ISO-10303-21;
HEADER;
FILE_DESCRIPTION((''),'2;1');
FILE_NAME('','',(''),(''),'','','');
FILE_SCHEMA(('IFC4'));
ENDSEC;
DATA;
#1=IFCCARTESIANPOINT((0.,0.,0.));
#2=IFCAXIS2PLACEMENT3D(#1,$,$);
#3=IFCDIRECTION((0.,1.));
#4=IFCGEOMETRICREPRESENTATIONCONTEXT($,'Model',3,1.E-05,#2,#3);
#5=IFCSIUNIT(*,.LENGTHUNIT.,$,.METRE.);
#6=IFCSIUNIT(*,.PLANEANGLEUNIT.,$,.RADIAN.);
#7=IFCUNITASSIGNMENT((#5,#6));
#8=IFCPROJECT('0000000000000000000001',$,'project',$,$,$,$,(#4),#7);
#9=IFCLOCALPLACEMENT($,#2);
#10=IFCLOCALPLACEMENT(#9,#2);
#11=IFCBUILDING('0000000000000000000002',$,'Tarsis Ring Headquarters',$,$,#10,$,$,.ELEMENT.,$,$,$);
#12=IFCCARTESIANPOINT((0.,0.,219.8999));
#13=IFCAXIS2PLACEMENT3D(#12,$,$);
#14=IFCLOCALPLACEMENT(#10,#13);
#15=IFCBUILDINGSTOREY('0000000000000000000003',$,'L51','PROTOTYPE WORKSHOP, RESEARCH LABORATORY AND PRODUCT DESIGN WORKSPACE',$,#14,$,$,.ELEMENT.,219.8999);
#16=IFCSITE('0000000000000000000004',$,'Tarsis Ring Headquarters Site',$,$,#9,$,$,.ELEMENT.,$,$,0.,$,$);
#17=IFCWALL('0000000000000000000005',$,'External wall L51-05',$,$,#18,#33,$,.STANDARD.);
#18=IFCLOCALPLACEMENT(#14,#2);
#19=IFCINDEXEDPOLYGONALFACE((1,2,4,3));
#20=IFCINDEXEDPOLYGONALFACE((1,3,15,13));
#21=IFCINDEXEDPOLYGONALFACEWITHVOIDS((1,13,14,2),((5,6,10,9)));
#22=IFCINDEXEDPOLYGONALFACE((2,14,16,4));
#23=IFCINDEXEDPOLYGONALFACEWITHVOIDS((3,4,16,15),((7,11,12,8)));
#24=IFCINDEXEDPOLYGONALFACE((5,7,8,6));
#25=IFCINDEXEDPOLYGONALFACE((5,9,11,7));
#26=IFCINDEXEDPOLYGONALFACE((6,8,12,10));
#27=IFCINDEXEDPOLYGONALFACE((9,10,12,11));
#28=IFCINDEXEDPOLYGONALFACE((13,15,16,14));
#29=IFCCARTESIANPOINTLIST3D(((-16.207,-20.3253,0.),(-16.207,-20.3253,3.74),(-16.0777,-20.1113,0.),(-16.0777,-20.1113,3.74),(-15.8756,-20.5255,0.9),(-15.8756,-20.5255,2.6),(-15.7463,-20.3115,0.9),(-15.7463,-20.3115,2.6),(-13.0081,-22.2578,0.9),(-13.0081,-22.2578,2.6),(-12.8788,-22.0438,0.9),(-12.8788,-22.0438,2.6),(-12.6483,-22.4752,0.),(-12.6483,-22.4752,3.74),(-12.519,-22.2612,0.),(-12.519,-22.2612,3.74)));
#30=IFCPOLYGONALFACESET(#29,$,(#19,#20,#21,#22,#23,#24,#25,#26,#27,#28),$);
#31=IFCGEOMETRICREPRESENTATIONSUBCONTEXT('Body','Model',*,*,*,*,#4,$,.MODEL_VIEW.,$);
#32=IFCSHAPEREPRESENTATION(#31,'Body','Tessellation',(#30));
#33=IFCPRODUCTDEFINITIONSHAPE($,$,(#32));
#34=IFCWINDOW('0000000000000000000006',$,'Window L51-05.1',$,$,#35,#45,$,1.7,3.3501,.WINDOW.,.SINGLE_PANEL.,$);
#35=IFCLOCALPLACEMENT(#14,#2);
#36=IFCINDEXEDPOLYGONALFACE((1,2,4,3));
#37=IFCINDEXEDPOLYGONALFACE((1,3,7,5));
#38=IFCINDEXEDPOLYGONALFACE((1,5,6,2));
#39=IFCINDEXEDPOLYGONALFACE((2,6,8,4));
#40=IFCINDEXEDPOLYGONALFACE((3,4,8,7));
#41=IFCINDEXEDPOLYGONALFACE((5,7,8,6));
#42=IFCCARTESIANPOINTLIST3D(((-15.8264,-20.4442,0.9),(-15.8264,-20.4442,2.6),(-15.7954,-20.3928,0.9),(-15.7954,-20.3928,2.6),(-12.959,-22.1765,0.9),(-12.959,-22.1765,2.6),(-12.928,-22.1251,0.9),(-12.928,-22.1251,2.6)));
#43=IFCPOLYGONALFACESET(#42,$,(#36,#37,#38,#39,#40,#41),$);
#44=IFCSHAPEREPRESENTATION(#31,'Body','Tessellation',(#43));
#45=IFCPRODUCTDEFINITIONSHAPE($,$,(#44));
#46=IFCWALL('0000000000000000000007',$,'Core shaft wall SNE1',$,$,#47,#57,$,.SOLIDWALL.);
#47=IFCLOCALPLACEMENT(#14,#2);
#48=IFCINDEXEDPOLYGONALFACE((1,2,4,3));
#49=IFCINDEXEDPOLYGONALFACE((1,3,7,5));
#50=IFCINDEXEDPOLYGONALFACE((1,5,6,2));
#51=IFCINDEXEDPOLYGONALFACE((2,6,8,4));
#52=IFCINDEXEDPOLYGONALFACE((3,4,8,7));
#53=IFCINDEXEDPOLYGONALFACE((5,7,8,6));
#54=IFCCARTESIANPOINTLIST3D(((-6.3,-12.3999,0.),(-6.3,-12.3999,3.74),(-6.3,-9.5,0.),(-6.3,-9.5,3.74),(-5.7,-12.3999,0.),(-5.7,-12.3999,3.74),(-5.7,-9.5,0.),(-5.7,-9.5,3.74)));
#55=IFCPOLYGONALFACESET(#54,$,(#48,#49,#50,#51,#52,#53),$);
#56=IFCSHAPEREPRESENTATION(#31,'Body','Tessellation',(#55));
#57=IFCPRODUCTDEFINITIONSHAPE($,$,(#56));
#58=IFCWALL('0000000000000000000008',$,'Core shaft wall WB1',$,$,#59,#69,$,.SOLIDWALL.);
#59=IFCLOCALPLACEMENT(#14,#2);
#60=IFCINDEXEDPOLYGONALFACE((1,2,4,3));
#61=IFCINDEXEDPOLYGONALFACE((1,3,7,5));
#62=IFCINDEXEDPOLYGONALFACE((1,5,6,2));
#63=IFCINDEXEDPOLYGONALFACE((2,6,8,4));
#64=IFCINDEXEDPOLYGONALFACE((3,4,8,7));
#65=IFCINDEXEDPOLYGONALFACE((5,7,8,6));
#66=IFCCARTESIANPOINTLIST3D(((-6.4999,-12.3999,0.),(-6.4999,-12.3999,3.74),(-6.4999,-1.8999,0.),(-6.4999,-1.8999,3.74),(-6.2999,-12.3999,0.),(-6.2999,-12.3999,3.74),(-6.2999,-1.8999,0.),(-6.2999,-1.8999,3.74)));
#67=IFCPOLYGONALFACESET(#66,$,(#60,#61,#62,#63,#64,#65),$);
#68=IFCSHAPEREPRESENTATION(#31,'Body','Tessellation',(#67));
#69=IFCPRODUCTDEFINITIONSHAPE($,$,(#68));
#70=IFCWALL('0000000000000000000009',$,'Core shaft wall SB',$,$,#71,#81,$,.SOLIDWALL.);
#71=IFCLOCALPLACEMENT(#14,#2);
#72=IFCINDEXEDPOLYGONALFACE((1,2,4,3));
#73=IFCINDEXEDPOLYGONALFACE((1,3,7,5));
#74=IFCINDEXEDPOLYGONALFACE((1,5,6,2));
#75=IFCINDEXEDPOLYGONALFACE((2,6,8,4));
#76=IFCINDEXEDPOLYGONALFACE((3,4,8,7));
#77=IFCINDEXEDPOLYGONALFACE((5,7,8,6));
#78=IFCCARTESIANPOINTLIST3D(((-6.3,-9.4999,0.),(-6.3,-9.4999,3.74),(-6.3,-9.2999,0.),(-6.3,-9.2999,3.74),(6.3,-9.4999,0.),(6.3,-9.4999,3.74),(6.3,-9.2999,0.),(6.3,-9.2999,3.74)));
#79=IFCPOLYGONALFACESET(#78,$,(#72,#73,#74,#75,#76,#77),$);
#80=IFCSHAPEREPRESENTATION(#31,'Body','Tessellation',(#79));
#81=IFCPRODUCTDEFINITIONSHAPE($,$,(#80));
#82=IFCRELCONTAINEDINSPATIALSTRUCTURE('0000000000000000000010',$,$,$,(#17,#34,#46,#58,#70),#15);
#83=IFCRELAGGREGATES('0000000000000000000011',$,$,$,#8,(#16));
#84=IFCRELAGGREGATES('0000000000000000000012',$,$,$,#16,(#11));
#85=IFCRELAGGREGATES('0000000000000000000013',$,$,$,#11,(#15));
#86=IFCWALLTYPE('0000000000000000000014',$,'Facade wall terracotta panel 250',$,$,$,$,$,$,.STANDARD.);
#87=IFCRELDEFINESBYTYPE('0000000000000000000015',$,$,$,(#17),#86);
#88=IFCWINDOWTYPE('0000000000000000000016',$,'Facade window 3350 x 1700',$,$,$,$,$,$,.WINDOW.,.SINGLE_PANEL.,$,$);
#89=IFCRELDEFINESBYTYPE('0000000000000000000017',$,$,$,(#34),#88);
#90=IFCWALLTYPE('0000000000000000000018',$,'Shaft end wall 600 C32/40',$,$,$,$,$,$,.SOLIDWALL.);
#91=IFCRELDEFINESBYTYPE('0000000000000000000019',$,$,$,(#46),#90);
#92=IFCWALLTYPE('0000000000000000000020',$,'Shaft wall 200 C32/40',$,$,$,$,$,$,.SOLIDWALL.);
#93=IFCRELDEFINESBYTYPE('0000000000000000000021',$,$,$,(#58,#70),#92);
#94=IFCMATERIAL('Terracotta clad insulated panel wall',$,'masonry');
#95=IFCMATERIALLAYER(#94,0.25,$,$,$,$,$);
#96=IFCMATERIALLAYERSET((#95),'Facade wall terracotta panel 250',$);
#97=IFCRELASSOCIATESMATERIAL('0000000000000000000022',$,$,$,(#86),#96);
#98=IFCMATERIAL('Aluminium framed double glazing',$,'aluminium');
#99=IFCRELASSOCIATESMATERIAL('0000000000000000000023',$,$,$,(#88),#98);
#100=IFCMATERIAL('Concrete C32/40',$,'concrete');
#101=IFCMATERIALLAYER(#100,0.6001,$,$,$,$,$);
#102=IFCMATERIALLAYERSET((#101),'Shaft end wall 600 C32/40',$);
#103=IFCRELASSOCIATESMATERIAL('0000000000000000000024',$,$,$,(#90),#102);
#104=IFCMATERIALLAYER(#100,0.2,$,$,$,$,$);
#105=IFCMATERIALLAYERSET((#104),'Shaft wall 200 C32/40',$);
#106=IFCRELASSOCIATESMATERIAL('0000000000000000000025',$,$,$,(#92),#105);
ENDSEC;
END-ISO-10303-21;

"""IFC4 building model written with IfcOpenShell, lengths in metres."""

from ifc_helpers import new_model, si_unit, direction, frame, frame_2d, origin, place, context, subcontext, project, spatial, rectangle, extrude, material, layer, layer_set, type_object, element, fill, save


model = new_model("IFC4")

# Units and contexts
model_context = context("Model", 3, precision=1e-05, world=origin(), true_north=direction((0.0, 1.0)))
body_context = subcontext(model_context, "Body", "Model", "MODEL_VIEW")
ifc_project = project(units=[si_unit("LENGTHUNIT", "METRE"), si_unit("PLANEANGLEUNIT", "RADIAN")], contexts=[model_context])

# Site, building, storey
site_placement = place(None, origin())
site = spatial("IfcSite", under=ifc_project, at=site_placement, Name="Tarsis Ring Headquarters Site", CompositionType="ELEMENT", RefElevation=0.0)
building_placement = place(site_placement, origin())
building = spatial("IfcBuilding", under=site, at=building_placement, Name="Tarsis Ring Headquarters", CompositionType="ELEMENT")
storey_placement = place(building_placement, frame((0.0, 0.0, 219.8999)))
storey = spatial("IfcBuildingStorey", under=building, at=storey_placement, Name="L51", Description="PROTOTYPE WORKSHOP, RESEARCH LABORATORY AND PRODUCT DESIGN WORKSPACE", CompositionType="ELEMENT", Elevation=219.8999)

# Wall, opening, window
ifc_material_1 = material(Name="Terracotta clad insulated panel wall", Category="masonry")
ifc_layer_1 = layer(ifc_material_1, 0.25)
ifc_layer_set_1 = layer_set([ifc_layer_1], Name="Facade wall terracotta panel 250")
wall_type_1 = type_object("IfcWallType", Name="Facade wall terracotta panel 250", PredefinedType="STANDARD", material=ifc_layer_set_1)
wall_1_placement = place(storey_placement, frame((-16.1423, -20.2183, 0.0), z_axis=(0.0, 0.0, 1.0), x_axis=(0.855924, -0.517101, 0.0)))
wall_1 = element("IfcWall", 1, at=wall_1_placement, inside=storey, type_object=wall_type_1, Name="External wall L51-05", PredefinedType="STANDARD", context=body_context, shape_type="SweptSolid", body=[
    extrude(rectangle(XDim=4.1577, YDim=0.25, at=frame_2d((2.0789, 0.0))), origin(), (0.0, 0.0, 1.0), 3.74),
])
opening_1_placement = place(wall_1_placement, frame((0.3872, 0.0, 0.8999)))
opening_1 = element("IfcOpeningElement", 2, at=opening_1_placement, cuts=wall_1, PredefinedType="OPENING", context=body_context, shape_type="SweptSolid", body=[
    extrude(rectangle(XDim=3.3501, YDim=1.7, at=frame_2d((1.675, 0.8501))), frame((0.0, 0.135, 0.0), z_axis=(0.0, -1.0, 0.0), x_axis=(1.0, 0.0, 0.0)), (0.0, 0.0, 1.0), 0.27),
])
ifc_material_2 = material(Name="Aluminium framed double glazing", Category="aluminium")
window_type = type_object("IfcWindowType", Name="Facade window 3350 x 1700", PartitioningType="SINGLE_PANEL", PredefinedType="WINDOW", material=ifc_material_2)
window_placement = place(opening_1_placement, origin())
window = element("IfcWindow", 3, at=window_placement, inside=storey, type_object=window_type, Name="Window L51-05.1", OverallHeight=1.7, OverallWidth=3.3501, PartitioningType="SINGLE_PANEL", PredefinedType="WINDOW", context=body_context, shape_type="SweptSolid", body=[
    extrude(rectangle(XDim=3.3501, YDim=1.7, at=frame_2d((1.675, 0.8501))), frame((0.0, 0.03, 0.0), z_axis=(0.0, -1.0, 0.0), x_axis=(1.0, 0.0, 0.0)), (0.0, 0.0, 1.0), 0.0601),
])
fill(opening_1, window)

# Walls
ifc_material_3 = material(Name="Concrete C32/40", Category="concrete")
ifc_layer_2 = layer(ifc_material_3, 0.6001)
ifc_layer_set_2 = layer_set([ifc_layer_2], Name="Shaft end wall 600 C32/40")
wall_type_2 = type_object("IfcWallType", Name="Shaft end wall 600 C32/40", PredefinedType="SOLIDWALL", material=ifc_layer_set_2)
wall_2_placement = place(storey_placement, frame((-6.0, -12.3999, 0.0), z_axis=(0.0, 0.0, 1.0), x_axis=(0.0, 1.0, 0.0)))
element("IfcWall", 4, at=wall_2_placement, inside=storey, type_object=wall_type_2, Name="Core shaft wall SNE1", PredefinedType="SOLIDWALL", context=body_context, shape_type="SweptSolid", body=[
    extrude(rectangle(XDim=2.8999, YDim=0.6001, at=frame_2d((1.45, 0.0))), origin(), (0.0, 0.0, 1.0), 3.74),
])
ifc_layer_3 = layer(ifc_material_3, 0.2)
ifc_layer_set_3 = layer_set([ifc_layer_3], Name="Shaft wall 200 C32/40")
wall_type_3 = type_object("IfcWallType", Name="Shaft wall 200 C32/40", PredefinedType="SOLIDWALL", material=ifc_layer_set_3)
wall_3_placement = place(storey_placement, frame((-6.3999, -12.3999, 0.0), z_axis=(0.0, 0.0, 1.0), x_axis=(0.0, 1.0, 0.0)))
element("IfcWall", 5, at=wall_3_placement, inside=storey, type_object=wall_type_3, Name="Core shaft wall WB1", PredefinedType="SOLIDWALL", context=body_context, shape_type="SweptSolid", body=[
    extrude(rectangle(XDim=10.5, YDim=0.2, at=frame_2d((5.25, 0.0))), origin(), (0.0, 0.0, 1.0), 3.74),
])
wall_4_placement = place(storey_placement, frame((-6.3, -9.3999, 0.0), z_axis=(0.0, 0.0, 1.0), x_axis=(1.0, 0.0, 0.0)))
element("IfcWall", 6, at=wall_4_placement, inside=storey, type_object=wall_type_3, Name="Core shaft wall SB", PredefinedType="SOLIDWALL", context=body_context, shape_type="SweptSolid", body=[
    extrude(rectangle(XDim=12.6001, YDim=0.2, at=frame_2d((6.3, 0.0))), origin(), (0.0, 0.0, 1.0), 3.74),
])

save(model, "model.ifc")
